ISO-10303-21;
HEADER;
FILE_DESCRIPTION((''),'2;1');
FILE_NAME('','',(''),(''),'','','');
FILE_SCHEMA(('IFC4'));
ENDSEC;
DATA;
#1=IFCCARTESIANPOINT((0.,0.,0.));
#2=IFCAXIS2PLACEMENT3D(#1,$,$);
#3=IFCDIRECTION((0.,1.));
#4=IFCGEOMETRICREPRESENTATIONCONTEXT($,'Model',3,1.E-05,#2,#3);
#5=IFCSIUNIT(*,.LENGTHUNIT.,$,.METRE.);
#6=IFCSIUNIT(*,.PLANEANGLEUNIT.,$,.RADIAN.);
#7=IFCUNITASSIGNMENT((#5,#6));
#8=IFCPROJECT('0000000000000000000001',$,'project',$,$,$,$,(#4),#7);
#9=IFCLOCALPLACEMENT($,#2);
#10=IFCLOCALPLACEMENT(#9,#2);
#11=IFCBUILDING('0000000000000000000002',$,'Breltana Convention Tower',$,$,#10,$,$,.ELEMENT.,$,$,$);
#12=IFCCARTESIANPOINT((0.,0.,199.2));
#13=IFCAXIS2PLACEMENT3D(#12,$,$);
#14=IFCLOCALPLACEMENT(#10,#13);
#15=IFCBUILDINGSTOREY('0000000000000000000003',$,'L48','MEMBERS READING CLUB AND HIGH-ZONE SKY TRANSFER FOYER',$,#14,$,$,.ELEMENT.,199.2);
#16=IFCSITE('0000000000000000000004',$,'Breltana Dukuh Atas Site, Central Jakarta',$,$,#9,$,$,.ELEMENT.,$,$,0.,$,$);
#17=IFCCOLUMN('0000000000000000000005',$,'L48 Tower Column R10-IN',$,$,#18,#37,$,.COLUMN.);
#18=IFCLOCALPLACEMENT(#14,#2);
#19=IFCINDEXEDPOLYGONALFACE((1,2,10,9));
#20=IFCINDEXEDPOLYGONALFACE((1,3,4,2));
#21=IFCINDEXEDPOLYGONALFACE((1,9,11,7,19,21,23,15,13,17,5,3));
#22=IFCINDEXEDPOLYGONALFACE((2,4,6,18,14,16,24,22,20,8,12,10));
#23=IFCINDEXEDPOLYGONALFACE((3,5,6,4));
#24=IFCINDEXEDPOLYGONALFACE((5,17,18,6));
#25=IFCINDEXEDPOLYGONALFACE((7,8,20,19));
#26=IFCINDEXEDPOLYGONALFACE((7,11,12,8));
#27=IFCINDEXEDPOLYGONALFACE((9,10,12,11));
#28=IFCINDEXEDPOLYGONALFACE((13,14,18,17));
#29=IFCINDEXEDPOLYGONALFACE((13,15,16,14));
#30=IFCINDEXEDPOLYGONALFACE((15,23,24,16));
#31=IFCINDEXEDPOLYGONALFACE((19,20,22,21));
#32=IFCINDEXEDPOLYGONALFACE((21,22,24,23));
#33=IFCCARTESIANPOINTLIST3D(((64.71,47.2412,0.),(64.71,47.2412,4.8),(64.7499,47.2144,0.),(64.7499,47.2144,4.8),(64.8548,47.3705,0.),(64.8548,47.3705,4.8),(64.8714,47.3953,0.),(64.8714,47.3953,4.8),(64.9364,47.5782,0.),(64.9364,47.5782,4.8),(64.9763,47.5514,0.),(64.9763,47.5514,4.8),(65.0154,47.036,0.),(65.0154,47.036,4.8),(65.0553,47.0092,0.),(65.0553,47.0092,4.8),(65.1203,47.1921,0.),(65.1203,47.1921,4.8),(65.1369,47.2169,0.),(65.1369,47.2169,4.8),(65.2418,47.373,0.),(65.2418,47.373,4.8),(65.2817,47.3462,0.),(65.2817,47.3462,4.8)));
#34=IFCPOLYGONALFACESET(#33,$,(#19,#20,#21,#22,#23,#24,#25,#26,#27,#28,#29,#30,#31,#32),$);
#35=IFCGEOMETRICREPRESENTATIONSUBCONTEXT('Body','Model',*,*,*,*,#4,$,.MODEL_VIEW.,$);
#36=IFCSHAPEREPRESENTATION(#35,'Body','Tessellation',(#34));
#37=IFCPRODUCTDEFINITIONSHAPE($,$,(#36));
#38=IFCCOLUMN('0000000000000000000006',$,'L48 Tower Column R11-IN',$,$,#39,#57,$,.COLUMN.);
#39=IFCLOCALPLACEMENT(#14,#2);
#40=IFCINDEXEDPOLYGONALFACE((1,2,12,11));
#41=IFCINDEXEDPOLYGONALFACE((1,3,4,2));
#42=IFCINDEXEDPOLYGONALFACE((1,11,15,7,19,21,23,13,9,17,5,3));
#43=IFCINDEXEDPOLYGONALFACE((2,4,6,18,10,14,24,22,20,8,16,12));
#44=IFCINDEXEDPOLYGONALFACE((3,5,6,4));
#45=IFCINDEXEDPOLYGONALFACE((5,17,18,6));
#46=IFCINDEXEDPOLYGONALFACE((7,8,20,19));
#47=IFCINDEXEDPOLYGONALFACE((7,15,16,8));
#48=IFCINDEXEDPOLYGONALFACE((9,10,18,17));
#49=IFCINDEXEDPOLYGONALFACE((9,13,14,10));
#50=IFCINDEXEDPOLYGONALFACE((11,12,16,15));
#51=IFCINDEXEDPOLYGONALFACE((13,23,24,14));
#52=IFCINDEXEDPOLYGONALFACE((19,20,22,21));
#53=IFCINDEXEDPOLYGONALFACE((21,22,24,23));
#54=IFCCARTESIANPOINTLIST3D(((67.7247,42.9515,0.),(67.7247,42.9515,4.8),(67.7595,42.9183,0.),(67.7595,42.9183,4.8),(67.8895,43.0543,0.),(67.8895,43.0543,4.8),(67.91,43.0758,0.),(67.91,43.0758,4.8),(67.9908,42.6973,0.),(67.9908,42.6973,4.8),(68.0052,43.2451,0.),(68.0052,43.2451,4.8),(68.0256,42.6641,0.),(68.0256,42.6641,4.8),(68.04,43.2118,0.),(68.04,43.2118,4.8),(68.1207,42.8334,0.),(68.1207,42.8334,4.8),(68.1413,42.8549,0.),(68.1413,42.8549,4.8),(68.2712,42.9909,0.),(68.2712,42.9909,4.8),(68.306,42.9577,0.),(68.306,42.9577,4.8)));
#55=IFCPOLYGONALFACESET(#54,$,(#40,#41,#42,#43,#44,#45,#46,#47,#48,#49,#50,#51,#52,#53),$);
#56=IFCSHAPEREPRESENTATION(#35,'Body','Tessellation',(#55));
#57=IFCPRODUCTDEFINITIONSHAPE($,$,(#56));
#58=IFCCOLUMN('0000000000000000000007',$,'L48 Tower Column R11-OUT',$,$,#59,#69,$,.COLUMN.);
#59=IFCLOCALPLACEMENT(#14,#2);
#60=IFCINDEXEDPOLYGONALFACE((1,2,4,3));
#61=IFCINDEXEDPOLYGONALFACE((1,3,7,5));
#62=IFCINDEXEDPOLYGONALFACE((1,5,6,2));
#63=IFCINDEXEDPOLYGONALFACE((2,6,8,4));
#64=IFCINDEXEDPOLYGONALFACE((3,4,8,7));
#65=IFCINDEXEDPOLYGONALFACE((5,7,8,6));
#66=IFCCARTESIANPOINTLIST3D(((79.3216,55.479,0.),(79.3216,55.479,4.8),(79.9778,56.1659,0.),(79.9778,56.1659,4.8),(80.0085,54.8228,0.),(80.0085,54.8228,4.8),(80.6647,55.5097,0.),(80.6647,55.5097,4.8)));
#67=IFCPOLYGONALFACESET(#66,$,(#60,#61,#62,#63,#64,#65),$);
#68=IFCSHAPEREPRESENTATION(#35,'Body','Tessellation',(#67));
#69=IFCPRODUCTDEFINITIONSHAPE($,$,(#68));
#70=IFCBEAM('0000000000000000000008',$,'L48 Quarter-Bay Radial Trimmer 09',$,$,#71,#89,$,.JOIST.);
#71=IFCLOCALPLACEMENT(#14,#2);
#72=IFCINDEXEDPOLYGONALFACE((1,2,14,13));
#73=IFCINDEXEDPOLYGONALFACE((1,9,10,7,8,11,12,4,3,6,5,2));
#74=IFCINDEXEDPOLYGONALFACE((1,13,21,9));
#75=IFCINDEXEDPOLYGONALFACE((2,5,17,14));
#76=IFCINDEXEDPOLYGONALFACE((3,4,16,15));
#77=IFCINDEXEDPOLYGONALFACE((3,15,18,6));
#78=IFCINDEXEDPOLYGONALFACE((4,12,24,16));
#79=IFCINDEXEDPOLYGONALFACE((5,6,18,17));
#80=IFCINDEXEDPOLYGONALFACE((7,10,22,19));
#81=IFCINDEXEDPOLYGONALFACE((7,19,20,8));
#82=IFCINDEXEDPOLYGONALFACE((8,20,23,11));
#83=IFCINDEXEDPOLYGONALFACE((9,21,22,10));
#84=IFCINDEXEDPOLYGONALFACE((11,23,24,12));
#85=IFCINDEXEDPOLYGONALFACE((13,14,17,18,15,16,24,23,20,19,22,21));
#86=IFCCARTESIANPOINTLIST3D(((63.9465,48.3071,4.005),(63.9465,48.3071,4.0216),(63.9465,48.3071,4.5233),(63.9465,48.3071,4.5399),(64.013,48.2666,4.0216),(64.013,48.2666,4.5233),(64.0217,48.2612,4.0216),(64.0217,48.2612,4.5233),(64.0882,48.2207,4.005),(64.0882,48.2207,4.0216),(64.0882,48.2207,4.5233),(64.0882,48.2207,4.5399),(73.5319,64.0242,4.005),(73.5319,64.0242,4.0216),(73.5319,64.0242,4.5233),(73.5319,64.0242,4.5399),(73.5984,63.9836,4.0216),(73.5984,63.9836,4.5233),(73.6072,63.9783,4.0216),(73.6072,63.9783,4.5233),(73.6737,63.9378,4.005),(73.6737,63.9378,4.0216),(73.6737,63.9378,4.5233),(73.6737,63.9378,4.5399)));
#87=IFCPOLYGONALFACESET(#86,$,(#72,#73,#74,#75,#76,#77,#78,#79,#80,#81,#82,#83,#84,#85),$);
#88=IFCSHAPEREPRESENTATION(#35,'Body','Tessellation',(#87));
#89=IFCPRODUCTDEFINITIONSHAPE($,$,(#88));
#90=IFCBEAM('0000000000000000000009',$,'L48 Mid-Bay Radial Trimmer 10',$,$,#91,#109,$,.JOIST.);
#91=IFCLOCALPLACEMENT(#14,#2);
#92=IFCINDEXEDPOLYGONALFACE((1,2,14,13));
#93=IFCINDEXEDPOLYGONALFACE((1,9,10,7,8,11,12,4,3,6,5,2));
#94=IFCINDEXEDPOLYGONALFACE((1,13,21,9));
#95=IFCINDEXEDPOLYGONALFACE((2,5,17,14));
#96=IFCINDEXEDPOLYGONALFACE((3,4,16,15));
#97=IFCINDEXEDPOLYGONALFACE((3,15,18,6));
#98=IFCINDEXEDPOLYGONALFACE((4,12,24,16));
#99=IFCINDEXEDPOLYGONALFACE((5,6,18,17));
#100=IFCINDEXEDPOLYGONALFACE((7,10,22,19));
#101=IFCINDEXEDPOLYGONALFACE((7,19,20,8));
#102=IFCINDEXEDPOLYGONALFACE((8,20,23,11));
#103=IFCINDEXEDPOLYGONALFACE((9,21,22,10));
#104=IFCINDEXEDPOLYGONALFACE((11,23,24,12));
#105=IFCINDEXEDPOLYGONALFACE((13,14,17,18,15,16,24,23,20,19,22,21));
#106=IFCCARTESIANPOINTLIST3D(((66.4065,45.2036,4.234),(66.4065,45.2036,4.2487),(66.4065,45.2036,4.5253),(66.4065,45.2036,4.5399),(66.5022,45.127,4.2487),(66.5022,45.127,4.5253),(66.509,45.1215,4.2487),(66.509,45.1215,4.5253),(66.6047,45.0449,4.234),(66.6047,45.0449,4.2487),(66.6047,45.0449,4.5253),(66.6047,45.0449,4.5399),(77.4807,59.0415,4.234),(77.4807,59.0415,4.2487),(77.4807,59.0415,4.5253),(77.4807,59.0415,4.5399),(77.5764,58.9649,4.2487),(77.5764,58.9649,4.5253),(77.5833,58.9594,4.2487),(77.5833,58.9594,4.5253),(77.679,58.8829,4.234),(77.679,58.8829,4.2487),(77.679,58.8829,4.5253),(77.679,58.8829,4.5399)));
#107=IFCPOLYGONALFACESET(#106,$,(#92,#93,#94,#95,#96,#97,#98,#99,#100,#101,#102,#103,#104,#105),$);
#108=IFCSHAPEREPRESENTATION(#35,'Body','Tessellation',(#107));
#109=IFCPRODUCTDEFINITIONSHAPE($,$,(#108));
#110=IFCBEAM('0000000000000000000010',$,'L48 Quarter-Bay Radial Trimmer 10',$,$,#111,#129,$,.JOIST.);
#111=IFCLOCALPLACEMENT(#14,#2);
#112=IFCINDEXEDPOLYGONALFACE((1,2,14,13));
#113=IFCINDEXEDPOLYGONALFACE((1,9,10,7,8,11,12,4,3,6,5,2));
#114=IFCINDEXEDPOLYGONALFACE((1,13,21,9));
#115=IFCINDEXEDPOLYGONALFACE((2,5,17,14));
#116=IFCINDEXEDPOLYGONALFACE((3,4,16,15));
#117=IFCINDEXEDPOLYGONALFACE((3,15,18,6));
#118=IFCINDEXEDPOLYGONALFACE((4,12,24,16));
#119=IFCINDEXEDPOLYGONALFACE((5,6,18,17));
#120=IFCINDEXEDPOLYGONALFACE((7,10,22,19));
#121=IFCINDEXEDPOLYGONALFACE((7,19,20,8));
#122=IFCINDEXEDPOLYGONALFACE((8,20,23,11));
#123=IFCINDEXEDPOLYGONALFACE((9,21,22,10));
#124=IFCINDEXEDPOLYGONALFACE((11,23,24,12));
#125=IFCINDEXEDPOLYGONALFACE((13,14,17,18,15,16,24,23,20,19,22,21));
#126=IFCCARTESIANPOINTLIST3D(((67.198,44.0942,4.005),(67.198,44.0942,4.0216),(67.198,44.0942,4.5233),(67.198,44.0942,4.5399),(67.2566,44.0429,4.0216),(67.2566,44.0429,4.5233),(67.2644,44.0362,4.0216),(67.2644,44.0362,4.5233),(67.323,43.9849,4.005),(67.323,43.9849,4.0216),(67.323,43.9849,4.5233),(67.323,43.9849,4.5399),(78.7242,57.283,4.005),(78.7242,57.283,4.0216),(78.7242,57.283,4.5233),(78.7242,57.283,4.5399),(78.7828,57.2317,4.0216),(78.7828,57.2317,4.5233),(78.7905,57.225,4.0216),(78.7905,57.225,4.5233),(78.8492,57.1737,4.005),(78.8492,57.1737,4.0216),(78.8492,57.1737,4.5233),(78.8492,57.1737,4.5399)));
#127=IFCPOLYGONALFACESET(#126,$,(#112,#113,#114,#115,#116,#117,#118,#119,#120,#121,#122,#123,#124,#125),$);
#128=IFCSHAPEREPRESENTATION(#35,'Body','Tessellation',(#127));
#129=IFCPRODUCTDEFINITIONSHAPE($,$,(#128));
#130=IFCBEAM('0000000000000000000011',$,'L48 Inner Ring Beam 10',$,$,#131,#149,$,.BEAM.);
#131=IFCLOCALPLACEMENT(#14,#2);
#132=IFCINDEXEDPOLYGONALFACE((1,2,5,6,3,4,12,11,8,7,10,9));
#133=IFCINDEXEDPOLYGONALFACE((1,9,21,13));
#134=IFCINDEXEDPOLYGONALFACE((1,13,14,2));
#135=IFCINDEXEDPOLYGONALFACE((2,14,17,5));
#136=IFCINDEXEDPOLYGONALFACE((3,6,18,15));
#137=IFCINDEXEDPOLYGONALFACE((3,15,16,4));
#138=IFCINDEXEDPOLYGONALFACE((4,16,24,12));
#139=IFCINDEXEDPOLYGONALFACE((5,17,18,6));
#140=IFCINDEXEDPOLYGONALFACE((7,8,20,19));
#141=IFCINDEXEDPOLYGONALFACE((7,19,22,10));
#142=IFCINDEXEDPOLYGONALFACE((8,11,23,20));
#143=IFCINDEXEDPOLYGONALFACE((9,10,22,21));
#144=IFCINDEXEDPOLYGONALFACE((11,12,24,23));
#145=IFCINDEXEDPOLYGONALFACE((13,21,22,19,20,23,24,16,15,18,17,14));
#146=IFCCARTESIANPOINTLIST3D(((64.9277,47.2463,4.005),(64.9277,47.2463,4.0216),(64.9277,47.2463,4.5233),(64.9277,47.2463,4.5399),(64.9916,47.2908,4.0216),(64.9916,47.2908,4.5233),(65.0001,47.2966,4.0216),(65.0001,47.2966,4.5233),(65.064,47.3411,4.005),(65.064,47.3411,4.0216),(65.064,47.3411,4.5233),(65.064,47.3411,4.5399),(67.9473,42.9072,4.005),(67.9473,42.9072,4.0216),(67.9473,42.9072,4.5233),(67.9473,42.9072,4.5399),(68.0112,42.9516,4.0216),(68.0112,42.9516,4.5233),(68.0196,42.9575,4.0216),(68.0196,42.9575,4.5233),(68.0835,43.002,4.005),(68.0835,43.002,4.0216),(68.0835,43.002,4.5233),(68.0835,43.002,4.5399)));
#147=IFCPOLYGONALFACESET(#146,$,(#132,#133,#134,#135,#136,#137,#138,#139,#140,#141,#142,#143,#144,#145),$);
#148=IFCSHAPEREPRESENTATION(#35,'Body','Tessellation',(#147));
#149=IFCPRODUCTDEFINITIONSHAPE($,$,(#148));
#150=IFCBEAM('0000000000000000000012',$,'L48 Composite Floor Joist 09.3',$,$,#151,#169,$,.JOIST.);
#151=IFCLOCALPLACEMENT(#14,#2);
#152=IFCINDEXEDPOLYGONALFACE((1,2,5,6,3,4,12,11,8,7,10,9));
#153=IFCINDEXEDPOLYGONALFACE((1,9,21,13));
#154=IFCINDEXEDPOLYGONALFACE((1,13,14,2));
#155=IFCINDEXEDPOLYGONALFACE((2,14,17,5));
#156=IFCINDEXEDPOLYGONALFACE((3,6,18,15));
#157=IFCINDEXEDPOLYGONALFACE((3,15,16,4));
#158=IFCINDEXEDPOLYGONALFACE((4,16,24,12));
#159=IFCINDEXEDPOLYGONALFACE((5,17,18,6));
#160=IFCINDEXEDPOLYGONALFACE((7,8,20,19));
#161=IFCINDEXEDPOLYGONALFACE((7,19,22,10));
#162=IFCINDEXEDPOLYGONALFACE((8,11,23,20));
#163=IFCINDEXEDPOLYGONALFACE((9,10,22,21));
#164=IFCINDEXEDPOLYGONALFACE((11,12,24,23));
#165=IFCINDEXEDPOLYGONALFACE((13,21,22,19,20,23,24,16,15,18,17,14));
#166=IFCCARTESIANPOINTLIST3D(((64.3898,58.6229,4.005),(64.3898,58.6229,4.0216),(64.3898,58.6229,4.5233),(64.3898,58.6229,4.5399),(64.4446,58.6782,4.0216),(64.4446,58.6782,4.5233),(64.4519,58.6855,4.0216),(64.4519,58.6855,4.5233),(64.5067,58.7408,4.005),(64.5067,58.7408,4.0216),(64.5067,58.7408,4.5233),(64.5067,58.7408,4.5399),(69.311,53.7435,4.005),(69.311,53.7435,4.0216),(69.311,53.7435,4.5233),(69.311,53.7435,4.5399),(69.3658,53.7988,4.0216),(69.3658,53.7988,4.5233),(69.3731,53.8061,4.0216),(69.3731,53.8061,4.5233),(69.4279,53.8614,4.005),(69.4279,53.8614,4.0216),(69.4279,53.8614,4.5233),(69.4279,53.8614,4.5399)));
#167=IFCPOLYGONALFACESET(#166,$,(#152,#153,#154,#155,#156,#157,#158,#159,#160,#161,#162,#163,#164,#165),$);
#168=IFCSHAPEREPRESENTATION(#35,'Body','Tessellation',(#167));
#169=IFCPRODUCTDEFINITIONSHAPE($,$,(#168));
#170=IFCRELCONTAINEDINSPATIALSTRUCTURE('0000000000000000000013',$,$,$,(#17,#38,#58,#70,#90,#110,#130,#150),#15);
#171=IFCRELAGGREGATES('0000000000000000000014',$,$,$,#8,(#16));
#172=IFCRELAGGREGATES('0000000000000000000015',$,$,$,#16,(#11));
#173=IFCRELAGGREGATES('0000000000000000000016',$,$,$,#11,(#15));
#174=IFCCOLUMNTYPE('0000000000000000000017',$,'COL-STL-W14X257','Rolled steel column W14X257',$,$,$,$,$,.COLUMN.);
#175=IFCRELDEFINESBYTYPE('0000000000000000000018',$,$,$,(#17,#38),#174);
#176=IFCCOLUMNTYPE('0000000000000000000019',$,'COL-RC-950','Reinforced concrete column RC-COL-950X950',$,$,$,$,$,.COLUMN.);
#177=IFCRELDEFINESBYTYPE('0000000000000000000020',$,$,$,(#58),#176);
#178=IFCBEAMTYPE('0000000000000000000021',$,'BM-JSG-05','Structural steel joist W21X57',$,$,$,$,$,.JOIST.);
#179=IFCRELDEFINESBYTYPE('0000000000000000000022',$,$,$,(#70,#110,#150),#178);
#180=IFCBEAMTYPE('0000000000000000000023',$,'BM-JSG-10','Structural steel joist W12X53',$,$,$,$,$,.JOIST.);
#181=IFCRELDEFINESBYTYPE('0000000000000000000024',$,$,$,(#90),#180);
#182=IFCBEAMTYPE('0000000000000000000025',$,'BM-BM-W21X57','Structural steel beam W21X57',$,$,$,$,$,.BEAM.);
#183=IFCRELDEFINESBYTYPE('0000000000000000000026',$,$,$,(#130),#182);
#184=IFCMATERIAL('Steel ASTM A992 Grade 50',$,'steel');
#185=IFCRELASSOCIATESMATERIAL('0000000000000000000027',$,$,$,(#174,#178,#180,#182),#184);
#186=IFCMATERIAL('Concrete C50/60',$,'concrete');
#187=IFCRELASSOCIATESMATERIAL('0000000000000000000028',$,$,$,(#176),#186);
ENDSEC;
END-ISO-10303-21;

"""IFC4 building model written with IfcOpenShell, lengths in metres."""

from ifc_helpers import new_model, si_unit, direction, frame, origin, origin_2d, place, context, subcontext, project, spatial, rectangle, i_section, extrude, source, transform, mapped, material, material_profile, profile_set, type_object, type_shapes, element, save


model = new_model("IFC4")

# Units and contexts
model_context = context("Model", 3, precision=1e-05, world=origin(), true_north=direction((0.0, 1.0)))
body_context = subcontext(model_context, "Body", "Model", "MODEL_VIEW")
ifc_project = project(units=[si_unit("LENGTHUNIT", "METRE"), si_unit("PLANEANGLEUNIT", "RADIAN")], contexts=[model_context])

# Site, building, storey
site_placement = place(None, origin())
site = spatial("IfcSite", under=ifc_project, at=site_placement, Name="Breltana Dukuh Atas Site, Central Jakarta", CompositionType="ELEMENT", RefElevation=0.0)
building_placement = place(site_placement, origin())
building = spatial("IfcBuilding", under=site, at=building_placement, Name="Breltana Convention Tower", CompositionType="ELEMENT")
storey_placement = place(building_placement, frame((0.0, 0.0, 199.2)))
storey = spatial("IfcBuildingStorey", under=building, at=storey_placement, Name="L48", Description="MEMBERS READING CLUB AND HIGH-ZONE SKY TRANSFER FOYER", CompositionType="ELEMENT", Elevation=199.2)

# Columns
ifc_material_1 = material(Name="Steel ASTM A992 Grade 50", Category="steel")
ifc_material_profile_1 = material_profile(ifc_material_1, i_section(OverallWidth=0.406, OverallDepth=0.416, WebThickness=0.0298, FlangeThickness=0.0481, at=origin_2d()), Name="W14X257")
ifc_profile_set_1 = profile_set([ifc_material_profile_1], Name="Steel ASTM A992 Grade 50")
column_type_1 = type_object("IfcColumnType", Name="COL-STL-W14X257", Description="Rolled steel column W14X257", PredefinedType="COLUMN", material=ifc_profile_set_1)
shared_shape_1 = source(origin(), body_context, "Body", "SweptSolid", [
    extrude(i_section(OverallWidth=0.406, OverallDepth=0.416, WebThickness=0.0298, FlangeThickness=0.0481, at=origin_2d()), origin(), (0.0, 0.0, 1.0), 4.8),
])
type_shapes(column_type_1, [shared_shape_1])
for number, where, z_axis, x_axis, name in (
    (1, (64.9958, 47.2937, 0.0), (0.0, 0.0, 1.0), (0.557745, 0.830012, 0.0), "L48 Tower Column R10-IN"),
    (2, (68.0154, 42.9546, 0.0), (0.0, 0.0, 1.0), (0.690756, 0.723088, 0.0), "L48 Tower Column R11-IN"),
):
    element("IfcColumn", number, at=place(storey_placement, frame(where, z_axis=z_axis, x_axis=x_axis)), inside=storey, type_object=column_type_1, Name=name, PredefinedType="COLUMN", context=body_context, shape_type="MappedRepresentation", body=[
        mapped(shared_shape_1, transform((0.0, 0.0, 0.0), scale=1.0)),
    ])
ifc_material_2 = material(Name="Concrete C50/60", Category="concrete")
ifc_material_profile_2 = material_profile(ifc_material_2, rectangle(XDim=0.95, YDim=0.95, at=origin_2d()), Name="RC-COL-950X950")
ifc_profile_set_2 = profile_set([ifc_material_profile_2], Name="Concrete C50/60")
column_type_2 = type_object("IfcColumnType", Name="COL-RC-950", Description="Reinforced concrete column RC-COL-950X950", PredefinedType="COLUMN", material=ifc_profile_set_2)
shared_shape_2 = source(origin(), body_context, "Body", "SweptSolid", [
    extrude(rectangle(XDim=0.95, YDim=0.95, at=origin_2d()), origin(), (0.0, 0.0, 1.0), 4.8),
])
type_shapes(column_type_2, [shared_shape_2])
column_placement = place(storey_placement, frame((79.9932, 55.4944, 0.0), z_axis=(0.0, 0.0, 1.0), x_axis=(0.690756, 0.723088, 0.0)))
element("IfcColumn", 3, at=column_placement, inside=storey, type_object=column_type_2, Name="L48 Tower Column R11-OUT", PredefinedType="COLUMN", context=body_context, shape_type="MappedRepresentation", body=[
    mapped(shared_shape_2, transform((0.0, 0.0, 0.0), scale=1.0)),
])

# Beams
ifc_material_profile_3 = material_profile(ifc_material_1, i_section(OverallWidth=0.166, OverallDepth=0.5349, WebThickness=0.0103, FlangeThickness=0.0166, at=origin_2d()), Name="W21X57")
ifc_profile_set_3 = profile_set([ifc_material_profile_3], Name="Steel ASTM A992 Grade 50")
beam_type_1 = type_object("IfcBeamType", Name="BM-JSG-05", Description="Structural steel joist W21X57", PredefinedType="JOIST", material=ifc_profile_set_3)
shared_shape_3 = source(origin(), body_context, "Body", "SweptSolid", [
    extrude(i_section(OverallWidth=0.166, OverallDepth=0.5349, WebThickness=0.0103, FlangeThickness=0.0166, at=origin_2d()), origin(), (0.0, 0.0, 1.0), 18.4094),
])
beam_1_placement = place(storey_placement, frame((64.0173, 48.2639, 4.2725), z_axis=(0.520682, 0.853751, 0.0), x_axis=(-0.853751, 0.520682, 0.0)))
element("IfcBeam", 4, at=beam_1_placement, inside=storey, type_object=beam_type_1, Name="L48 Quarter-Bay Radial Trimmer 09", PredefinedType="JOIST", context=body_context, shape_type="MappedRepresentation", body=[
    mapped(shared_shape_3, transform((0.0, 0.0, 0.0), scale=1.0)),
])
ifc_material_profile_4 = material_profile(ifc_material_1, i_section(OverallWidth=0.2539, OverallDepth=0.3059, WebThickness=0.0088, FlangeThickness=0.0146, at=origin_2d()), Name="W12X53")
ifc_profile_set_4 = profile_set([ifc_material_profile_4], Name="Steel ASTM A992 Grade 50")
beam_type_2 = type_object("IfcBeamType", Name="BM-JSG-10", Description="Structural steel joist W12X53", PredefinedType="JOIST", material=ifc_profile_set_4)
shared_shape_4 = source(origin(), body_context, "Body", "SweptSolid", [
    extrude(i_section(OverallWidth=0.2539, OverallDepth=0.3059, WebThickness=0.0088, FlangeThickness=0.0146, at=origin_2d()), origin(), (0.0, 0.0, 1.0), 17.7236),
])
beam_2_placement = place(storey_placement, frame((66.5056, 45.1243, 4.387), z_axis=(0.624829, 0.780761, 0.0), x_axis=(-0.780761, 0.624829, 0.0)))
element("IfcBeam", 5, at=beam_2_placement, inside=storey, type_object=beam_type_2, Name="L48 Mid-Bay Radial Trimmer 10", PredefinedType="JOIST", context=body_context, shape_type="MappedRepresentation", body=[
    mapped(shared_shape_4, transform((0.0, 0.0, 0.0), scale=1.0)),
])
shared_shape_5 = source(origin(), body_context, "Body", "SweptSolid", [
    extrude(i_section(OverallWidth=0.166, OverallDepth=0.5349, WebThickness=0.0103, FlangeThickness=0.0166, at=origin_2d()), origin(), (0.0, 0.0, 1.0), 17.5156),
])
beam_3_placement = place(storey_placement, frame((67.2605, 44.0396, 4.2725), z_axis=(0.658052, 0.752973, 0.0), x_axis=(-0.752973, 0.658052, 0.0)))
element("IfcBeam", 6, at=beam_3_placement, inside=storey, type_object=beam_type_1, Name="L48 Quarter-Bay Radial Trimmer 10", PredefinedType="JOIST", context=body_context, shape_type="MappedRepresentation", body=[
    mapped(shared_shape_5, transform((0.0, 0.0, 0.0), scale=1.0)),
])
ifc_material_profile_5 = material_profile(ifc_material_1, i_section(OverallWidth=0.166, OverallDepth=0.5349, WebThickness=0.0103, FlangeThickness=0.0166, at=origin_2d()), Name="W21X57")
ifc_profile_set_5 = profile_set([ifc_material_profile_5], Name="Steel ASTM A992 Grade 50")
beam_type_3 = type_object("IfcBeamType", Name="BM-BM-W21X57", Description="Structural steel beam W21X57", PredefinedType="BEAM", material=ifc_profile_set_5)
shared_shape_6 = source(origin(), body_context, "Body", "SweptSolid", [
    extrude(i_section(OverallWidth=0.166, OverallDepth=0.5349, WebThickness=0.0103, FlangeThickness=0.0166, at=origin_2d()), origin(), (0.0, 0.0, 1.0), 5.2864),
])
beam_4_placement = place(storey_placement, frame((64.9958, 47.2937, 4.2725), z_axis=(0.571194, -0.820815, 0.0), x_axis=(0.820815, 0.571194, 0.0)))
element("IfcBeam", 7, at=beam_4_placement, inside=storey, type_object=beam_type_3, Name="L48 Inner Ring Beam 10", PredefinedType="BEAM", context=body_context, shape_type="MappedRepresentation", body=[
    mapped(shared_shape_6, transform((0.0, 0.0, 0.0), scale=1.0)),
])
shared_shape_7 = source(origin(), body_context, "Body", "SweptSolid", [
    extrude(i_section(OverallWidth=0.166, OverallDepth=0.5349, WebThickness=0.0103, FlangeThickness=0.0166, at=origin_2d()), origin(), (0.0, 0.0, 1.0), 6.9302),
])
beam_5_placement = place(storey_placement, frame((64.4482, 58.6819, 4.2725), z_axis=(0.710112, -0.704088, 0.0), x_axis=(0.704088, 0.710112, 0.0)))
element("IfcBeam", 8, at=beam_5_placement, inside=storey, type_object=beam_type_1, Name="L48 Composite Floor Joist 09.3", PredefinedType="JOIST", context=body_context, shape_type="MappedRepresentation", body=[
    mapped(shared_shape_7, transform((0.0, 0.0, 0.0), scale=1.0)),
])

save(model, "model.ifc")
